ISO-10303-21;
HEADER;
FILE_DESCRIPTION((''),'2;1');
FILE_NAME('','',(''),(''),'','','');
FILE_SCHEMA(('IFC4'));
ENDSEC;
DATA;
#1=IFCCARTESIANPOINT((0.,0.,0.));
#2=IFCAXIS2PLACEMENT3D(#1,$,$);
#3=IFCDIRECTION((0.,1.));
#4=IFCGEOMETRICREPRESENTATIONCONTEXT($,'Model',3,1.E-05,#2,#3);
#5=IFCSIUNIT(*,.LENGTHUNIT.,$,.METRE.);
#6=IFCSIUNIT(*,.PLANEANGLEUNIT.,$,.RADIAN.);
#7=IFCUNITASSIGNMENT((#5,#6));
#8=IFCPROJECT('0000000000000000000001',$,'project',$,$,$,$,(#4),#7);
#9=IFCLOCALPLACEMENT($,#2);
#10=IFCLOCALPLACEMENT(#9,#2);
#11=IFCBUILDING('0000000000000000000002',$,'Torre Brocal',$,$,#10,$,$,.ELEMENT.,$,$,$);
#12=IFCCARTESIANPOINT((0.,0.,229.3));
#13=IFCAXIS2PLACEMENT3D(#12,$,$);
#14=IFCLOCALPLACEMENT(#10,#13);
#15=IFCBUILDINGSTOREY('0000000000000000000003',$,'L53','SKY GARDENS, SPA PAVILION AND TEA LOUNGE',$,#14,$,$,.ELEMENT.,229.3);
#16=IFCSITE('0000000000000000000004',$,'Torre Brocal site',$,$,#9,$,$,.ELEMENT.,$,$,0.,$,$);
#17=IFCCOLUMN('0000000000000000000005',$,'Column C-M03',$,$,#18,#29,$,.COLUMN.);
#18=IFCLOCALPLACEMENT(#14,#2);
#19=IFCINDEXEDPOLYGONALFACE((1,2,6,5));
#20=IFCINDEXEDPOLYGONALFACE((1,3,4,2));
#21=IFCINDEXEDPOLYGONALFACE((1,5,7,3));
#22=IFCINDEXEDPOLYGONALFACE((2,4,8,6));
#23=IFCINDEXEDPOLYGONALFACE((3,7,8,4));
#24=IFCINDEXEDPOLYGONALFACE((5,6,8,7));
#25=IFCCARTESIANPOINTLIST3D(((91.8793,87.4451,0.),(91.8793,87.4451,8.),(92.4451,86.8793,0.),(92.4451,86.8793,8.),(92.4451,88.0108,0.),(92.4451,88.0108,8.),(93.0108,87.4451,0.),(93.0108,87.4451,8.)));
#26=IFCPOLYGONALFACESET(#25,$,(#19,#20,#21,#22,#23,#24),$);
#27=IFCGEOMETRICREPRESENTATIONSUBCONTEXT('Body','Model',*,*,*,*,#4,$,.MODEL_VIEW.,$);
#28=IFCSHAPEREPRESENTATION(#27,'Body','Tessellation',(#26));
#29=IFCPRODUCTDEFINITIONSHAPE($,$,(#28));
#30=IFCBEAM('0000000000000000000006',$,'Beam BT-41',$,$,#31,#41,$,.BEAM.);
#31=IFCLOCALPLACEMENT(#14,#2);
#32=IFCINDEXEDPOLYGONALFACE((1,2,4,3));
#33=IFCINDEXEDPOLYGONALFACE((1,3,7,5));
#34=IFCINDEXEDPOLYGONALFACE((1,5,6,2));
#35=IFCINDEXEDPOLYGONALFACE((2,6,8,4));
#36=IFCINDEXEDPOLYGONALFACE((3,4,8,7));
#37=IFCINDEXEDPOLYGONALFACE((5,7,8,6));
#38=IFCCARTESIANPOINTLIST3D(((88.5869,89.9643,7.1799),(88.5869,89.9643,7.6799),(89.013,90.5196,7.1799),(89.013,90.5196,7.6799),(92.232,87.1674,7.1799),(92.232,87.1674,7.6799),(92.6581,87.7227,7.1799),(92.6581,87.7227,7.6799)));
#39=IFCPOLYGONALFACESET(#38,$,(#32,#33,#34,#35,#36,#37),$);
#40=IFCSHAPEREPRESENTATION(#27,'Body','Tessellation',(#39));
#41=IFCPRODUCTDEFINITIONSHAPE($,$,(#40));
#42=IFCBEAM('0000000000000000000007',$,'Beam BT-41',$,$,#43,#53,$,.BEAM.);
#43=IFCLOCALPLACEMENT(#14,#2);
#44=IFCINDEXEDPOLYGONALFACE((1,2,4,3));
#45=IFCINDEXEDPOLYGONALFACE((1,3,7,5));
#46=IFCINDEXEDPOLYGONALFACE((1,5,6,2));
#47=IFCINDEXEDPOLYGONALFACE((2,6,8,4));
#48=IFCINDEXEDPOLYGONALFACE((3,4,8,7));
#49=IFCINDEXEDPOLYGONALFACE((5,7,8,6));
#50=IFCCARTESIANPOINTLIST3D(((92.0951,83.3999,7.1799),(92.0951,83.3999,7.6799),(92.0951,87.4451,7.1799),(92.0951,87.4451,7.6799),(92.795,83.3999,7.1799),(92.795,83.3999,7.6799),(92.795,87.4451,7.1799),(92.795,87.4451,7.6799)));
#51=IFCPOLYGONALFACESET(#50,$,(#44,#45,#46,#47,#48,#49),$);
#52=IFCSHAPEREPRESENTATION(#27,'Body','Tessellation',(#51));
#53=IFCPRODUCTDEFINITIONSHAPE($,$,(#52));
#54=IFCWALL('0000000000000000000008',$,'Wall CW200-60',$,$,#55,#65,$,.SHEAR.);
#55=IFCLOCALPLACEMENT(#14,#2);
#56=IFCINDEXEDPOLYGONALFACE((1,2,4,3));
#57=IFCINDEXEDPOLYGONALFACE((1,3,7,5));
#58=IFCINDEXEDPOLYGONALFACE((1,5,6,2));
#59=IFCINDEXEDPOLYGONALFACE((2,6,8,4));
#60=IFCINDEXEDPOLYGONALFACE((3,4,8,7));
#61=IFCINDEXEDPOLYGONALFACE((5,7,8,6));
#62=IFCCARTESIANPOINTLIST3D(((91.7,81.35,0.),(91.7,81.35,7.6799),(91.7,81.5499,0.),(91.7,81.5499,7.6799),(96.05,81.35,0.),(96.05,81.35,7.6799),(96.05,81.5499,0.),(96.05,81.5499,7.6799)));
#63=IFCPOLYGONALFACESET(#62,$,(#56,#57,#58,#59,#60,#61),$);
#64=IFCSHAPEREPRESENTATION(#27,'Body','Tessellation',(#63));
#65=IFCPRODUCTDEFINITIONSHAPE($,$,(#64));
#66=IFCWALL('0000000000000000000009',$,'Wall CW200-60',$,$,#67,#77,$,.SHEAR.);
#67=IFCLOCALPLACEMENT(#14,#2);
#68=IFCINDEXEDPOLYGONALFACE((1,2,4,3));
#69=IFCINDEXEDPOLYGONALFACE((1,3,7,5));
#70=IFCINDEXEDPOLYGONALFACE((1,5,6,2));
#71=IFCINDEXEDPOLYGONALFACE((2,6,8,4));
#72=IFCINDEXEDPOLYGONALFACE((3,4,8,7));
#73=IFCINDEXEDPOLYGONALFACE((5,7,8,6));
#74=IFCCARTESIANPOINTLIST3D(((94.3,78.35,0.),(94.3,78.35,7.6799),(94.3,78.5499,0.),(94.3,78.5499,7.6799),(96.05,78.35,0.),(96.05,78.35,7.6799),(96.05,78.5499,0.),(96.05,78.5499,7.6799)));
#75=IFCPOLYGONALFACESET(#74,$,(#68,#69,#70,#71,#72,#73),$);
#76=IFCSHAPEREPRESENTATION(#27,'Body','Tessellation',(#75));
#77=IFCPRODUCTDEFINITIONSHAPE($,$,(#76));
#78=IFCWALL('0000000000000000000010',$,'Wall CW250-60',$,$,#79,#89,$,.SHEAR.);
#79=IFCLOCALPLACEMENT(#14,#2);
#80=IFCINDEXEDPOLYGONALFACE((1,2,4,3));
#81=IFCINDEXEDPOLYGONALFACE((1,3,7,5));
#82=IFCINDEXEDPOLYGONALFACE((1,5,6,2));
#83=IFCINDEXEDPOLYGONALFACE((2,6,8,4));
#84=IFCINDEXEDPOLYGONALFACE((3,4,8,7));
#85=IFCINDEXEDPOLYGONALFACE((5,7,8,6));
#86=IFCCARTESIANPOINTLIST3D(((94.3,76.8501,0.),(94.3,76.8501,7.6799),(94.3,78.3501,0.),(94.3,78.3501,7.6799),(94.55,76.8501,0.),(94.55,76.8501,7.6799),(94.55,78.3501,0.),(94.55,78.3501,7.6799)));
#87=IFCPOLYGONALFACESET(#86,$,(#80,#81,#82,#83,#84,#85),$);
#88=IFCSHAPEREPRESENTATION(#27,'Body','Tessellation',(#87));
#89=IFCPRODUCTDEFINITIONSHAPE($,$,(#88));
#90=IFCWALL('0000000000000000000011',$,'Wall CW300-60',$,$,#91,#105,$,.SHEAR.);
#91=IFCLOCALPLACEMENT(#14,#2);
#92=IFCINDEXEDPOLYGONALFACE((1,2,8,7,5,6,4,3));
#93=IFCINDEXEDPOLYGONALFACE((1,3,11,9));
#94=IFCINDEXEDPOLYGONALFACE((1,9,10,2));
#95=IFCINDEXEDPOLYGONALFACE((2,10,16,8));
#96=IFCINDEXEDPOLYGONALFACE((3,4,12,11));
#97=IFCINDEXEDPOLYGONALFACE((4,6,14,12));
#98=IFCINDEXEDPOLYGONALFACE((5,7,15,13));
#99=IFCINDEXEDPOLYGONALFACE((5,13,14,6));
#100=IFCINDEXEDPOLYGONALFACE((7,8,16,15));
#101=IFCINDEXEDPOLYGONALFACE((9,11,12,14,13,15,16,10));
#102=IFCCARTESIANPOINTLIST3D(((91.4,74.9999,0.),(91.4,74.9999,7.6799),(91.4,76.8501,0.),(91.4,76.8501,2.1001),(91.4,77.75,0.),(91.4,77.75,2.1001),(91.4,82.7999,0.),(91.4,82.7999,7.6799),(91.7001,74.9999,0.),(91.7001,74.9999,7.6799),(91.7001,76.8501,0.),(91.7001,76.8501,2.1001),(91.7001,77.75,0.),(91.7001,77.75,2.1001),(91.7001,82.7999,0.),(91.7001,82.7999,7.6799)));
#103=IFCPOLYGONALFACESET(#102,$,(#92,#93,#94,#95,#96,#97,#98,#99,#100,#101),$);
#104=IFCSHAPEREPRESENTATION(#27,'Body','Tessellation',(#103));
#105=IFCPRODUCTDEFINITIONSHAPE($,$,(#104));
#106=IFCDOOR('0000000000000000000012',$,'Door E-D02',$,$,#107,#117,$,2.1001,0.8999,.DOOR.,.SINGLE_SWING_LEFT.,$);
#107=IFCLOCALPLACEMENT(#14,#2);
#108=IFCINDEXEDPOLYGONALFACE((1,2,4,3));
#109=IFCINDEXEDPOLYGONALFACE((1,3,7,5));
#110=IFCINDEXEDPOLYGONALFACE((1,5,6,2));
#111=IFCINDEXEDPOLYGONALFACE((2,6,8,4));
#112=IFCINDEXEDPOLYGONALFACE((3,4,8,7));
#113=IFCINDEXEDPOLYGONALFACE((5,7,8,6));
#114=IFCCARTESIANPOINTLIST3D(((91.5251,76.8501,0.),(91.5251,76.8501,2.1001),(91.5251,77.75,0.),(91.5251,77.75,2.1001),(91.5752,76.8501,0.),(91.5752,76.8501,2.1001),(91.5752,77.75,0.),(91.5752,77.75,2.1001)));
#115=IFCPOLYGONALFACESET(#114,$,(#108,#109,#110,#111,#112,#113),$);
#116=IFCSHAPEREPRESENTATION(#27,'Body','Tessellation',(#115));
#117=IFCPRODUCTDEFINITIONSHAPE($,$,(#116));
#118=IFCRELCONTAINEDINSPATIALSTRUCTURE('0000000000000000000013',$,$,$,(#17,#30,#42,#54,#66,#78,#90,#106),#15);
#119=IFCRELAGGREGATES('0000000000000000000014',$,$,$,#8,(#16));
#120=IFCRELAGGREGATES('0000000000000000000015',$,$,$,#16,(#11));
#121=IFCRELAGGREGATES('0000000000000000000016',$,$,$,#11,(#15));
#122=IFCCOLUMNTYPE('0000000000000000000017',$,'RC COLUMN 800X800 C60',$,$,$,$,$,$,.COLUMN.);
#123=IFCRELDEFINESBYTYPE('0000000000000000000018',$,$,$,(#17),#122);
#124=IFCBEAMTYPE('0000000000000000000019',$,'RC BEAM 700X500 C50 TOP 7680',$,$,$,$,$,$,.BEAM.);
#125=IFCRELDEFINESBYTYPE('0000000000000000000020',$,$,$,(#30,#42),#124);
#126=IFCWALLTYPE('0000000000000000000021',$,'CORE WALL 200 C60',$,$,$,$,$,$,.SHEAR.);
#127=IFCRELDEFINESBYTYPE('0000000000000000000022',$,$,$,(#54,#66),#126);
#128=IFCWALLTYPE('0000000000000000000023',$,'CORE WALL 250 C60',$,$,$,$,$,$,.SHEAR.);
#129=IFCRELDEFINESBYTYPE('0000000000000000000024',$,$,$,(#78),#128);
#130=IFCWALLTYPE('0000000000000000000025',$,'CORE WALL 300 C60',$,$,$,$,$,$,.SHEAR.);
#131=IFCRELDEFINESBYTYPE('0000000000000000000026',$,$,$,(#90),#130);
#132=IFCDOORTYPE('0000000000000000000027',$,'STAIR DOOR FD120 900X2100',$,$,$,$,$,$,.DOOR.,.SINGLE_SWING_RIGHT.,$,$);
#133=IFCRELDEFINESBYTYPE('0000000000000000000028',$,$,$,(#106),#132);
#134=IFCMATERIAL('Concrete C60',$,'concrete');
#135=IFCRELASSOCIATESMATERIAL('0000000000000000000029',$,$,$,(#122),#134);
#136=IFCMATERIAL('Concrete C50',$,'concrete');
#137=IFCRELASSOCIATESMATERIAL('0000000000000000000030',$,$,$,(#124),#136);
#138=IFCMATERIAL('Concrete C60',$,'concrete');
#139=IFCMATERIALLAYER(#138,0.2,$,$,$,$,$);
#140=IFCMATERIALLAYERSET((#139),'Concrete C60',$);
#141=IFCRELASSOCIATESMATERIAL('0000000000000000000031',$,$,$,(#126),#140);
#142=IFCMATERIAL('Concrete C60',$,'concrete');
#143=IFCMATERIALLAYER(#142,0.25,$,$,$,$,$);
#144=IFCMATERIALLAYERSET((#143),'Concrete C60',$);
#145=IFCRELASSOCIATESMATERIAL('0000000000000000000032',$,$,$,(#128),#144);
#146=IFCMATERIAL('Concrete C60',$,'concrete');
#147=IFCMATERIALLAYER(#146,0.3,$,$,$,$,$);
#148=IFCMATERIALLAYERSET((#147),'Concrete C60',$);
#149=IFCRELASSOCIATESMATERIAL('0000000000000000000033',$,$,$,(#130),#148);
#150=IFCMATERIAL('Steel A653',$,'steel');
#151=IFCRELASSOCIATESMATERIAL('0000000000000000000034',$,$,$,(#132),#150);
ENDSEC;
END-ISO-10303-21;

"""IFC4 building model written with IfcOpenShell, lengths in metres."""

from ifc_helpers import new_model, si_unit, direction, frame, frame_2d, origin, origin_2d, place, context, subcontext, project, spatial, rectangle, extrude, material, layer, layer_set, material_profile, profile_set, type_object, element, fill, save


model = new_model("IFC4")

# Units and contexts
model_context = context("Model", 3, precision=1e-05, world=origin(), true_north=direction((0.0, 1.0)))
body_context = subcontext(model_context, "Body", "Model", "MODEL_VIEW")
ifc_project = project(units=[si_unit("LENGTHUNIT", "METRE"), si_unit("PLANEANGLEUNIT", "RADIAN")], contexts=[model_context])

# Site, building, storey
site_placement = place(None, origin())
site = spatial("IfcSite", under=ifc_project, at=site_placement, Name="Torre Brocal site", CompositionType="ELEMENT", RefElevation=0.0)
building_placement = place(site_placement, origin())
building = spatial("IfcBuilding", under=site, at=building_placement, Name="Torre Brocal", CompositionType="ELEMENT")
storey_placement = place(building_placement, frame((0.0, 0.0, 229.3)))
storey = spatial("IfcBuildingStorey", under=building, at=storey_placement, Name="L53", Description="SKY GARDENS, SPA PAVILION AND TEA LOUNGE", CompositionType="ELEMENT", Elevation=229.3)

# Column
ifc_material_1 = material(Name="Concrete C60", Category="concrete")
ifc_material_profile_1 = material_profile(ifc_material_1, rectangle(XDim=0.8, YDim=0.8, at=origin_2d()), Name="RC 800X800")
ifc_profile_set_1 = profile_set([ifc_material_profile_1], Name="Concrete C60")
column_type = type_object("IfcColumnType", Name="RC COLUMN 800X800 C60", PredefinedType="COLUMN", material=ifc_profile_set_1)
column_placement = place(storey_placement, frame((92.4451, 87.4451, 0.0), z_axis=(0.0, 0.0, 1.0), x_axis=(0.707107, 0.707107, 0.0)))
element("IfcColumn", 1, at=column_placement, inside=storey, type_object=column_type, Name="Column C-M03", PredefinedType="COLUMN", context=body_context, shape_type="SweptSolid", body=[
    extrude(rectangle(XDim=0.8, YDim=0.8, at=origin_2d()), origin(), (0.0, 0.0, 1.0), 8.0),
])

# Beams
ifc_material_2 = material(Name="Concrete C50", Category="concrete")
ifc_material_profile_2 = material_profile(ifc_material_2, rectangle(XDim=0.7, YDim=0.5, at=origin_2d()), Name="RC 700X500")
ifc_profile_set_2 = profile_set([ifc_material_profile_2], Name="Concrete C50")
beam_type = type_object("IfcBeamType", Name="RC BEAM 700X500 C50 TOP 7680", PredefinedType="BEAM", material=ifc_profile_set_2)
beam_1_placement = place(storey_placement, frame((92.4451, 87.4451, 7.4299), z_axis=(-0.793358, 0.608755, 0.0), x_axis=(-0.608755, -0.793358, 0.0)))
element("IfcBeam", 2, at=beam_1_placement, inside=storey, type_object=beam_type, Name="Beam BT-41", PredefinedType="BEAM", context=body_context, shape_type="SweptSolid", body=[
    extrude(rectangle(XDim=0.7, YDim=0.5, at=origin_2d()), origin(), (0.0, 0.0, 1.0), 4.5945),
])
beam_2_placement = place(storey_placement, frame((92.4451, 87.4451, 7.4299), z_axis=(0.0, -1.0, 0.0), x_axis=(1.0, 0.0, 0.0)))
element("IfcBeam", 3, at=beam_2_placement, inside=storey, type_object=beam_type, Name="Beam BT-41", PredefinedType="BEAM", context=body_context, shape_type="SweptSolid", body=[
    extrude(rectangle(XDim=0.7, YDim=0.5, at=origin_2d()), origin(), (0.0, 0.0, 1.0), 4.0452),
])

# Walls
ifc_material_3 = material(Name="Concrete C60", Category="concrete")
ifc_layer_1 = layer(ifc_material_3, 0.2)
ifc_layer_set_1 = layer_set([ifc_layer_1], Name="Concrete C60")
wall_type_1 = type_object("IfcWallType", Name="CORE WALL 200 C60", PredefinedType="SHEAR", material=ifc_layer_set_1)
wall_1_placement = place(storey_placement, frame((91.7, 81.45, 0.0), z_axis=(0.0, 0.0, 1.0), x_axis=(1.0, 0.0, 0.0)))
element("IfcWall", 4, at=wall_1_placement, inside=storey, type_object=wall_type_1, Name="Wall CW200-60", PredefinedType="SHEAR", context=body_context, shape_type="SweptSolid", body=[
    extrude(rectangle(XDim=4.3501, YDim=0.2, at=frame_2d((2.175, 0.0))), origin(), (0.0, 0.0, 1.0), 7.6799),
])
wall_2_placement = place(storey_placement, frame((94.3, 78.45, 0.0), z_axis=(0.0, 0.0, 1.0), x_axis=(1.0, 0.0, 0.0)))
element("IfcWall", 5, at=wall_2_placement, inside=storey, type_object=wall_type_1, Name="Wall CW200-60", PredefinedType="SHEAR", context=body_context, shape_type="SweptSolid", body=[
    extrude(rectangle(XDim=1.75, YDim=0.2, at=frame_2d((0.875, 0.0))), origin(), (0.0, 0.0, 1.0), 7.6799),
])
ifc_material_4 = material(Name="Concrete C60", Category="concrete")
ifc_layer_2 = layer(ifc_material_4, 0.25)
ifc_layer_set_2 = layer_set([ifc_layer_2], Name="Concrete C60")
wall_type_2 = type_object("IfcWallType", Name="CORE WALL 250 C60", PredefinedType="SHEAR", material=ifc_layer_set_2)
wall_3_placement = place(storey_placement, frame((94.425, 76.8501, 0.0), z_axis=(0.0, 0.0, 1.0), x_axis=(0.0, 1.0, 0.0)))
element("IfcWall", 6, at=wall_3_placement, inside=storey, type_object=wall_type_2, Name="Wall CW250-60", PredefinedType="SHEAR", context=body_context, shape_type="SweptSolid", body=[
    extrude(rectangle(XDim=1.5, YDim=0.25, at=frame_2d((0.75, 0.0))), origin(), (0.0, 0.0, 1.0), 7.6799),
])

# Wall, opening, door
ifc_material_5 = material(Name="Concrete C60", Category="concrete")
ifc_layer_3 = layer(ifc_material_5, 0.3)
ifc_layer_set_3 = layer_set([ifc_layer_3], Name="Concrete C60")
wall_type_3 = type_object("IfcWallType", Name="CORE WALL 300 C60", PredefinedType="SHEAR", material=ifc_layer_set_3)
wall_4_placement = place(storey_placement, frame((91.55, 75.0, 0.0), z_axis=(0.0, 0.0, 1.0), x_axis=(0.0, 1.0, 0.0)))
wall_4 = element("IfcWall", 7, at=wall_4_placement, inside=storey, type_object=wall_type_3, Name="Wall CW300-60", PredefinedType="SHEAR", context=body_context, shape_type="SweptSolid", body=[
    extrude(rectangle(XDim=7.8, YDim=0.3, at=frame_2d((3.8999, 0.0))), origin(), (0.0, 0.0, 1.0), 7.6799),
])
opening_1_placement = place(wall_4_placement, frame((1.8501, 0.0, 0.0)))
opening_1 = element("IfcOpeningElement", 8, at=opening_1_placement, cuts=wall_4, PredefinedType="OPENING", context=body_context, shape_type="SweptSolid", body=[
    extrude(rectangle(XDim=0.8999, YDim=2.1001, at=frame_2d((0.45, 1.05))), frame((0.0, 0.1599, 0.0), z_axis=(0.0, -1.0, 0.0), x_axis=(1.0, 0.0, 0.0)), (0.0, 0.0, 1.0), 0.3201),
])
ifc_material_6 = material(Name="Steel A653", Category="steel")
door_type_1 = type_object("IfcDoorType", Name="STAIR DOOR FD120 900X2100", OperationType="SINGLE_SWING_RIGHT", PredefinedType="DOOR", material=ifc_material_6)
door_1_placement = place(opening_1_placement, origin())
door_1 = element("IfcDoor", 9, at=door_1_placement, inside=storey, type_object=door_type_1, Name="Door E-D02", OperationType="SINGLE_SWING_LEFT", OverallHeight=2.1001, OverallWidth=0.8999, PredefinedType="DOOR", context=body_context, shape_type="SweptSolid", body=[
    extrude(rectangle(XDim=0.8999, YDim=2.1001, at=frame_2d((0.45, 1.05))), frame((0.0, 0.0249, 0.0), z_axis=(0.0, -1.0, 0.0), x_axis=(1.0, 0.0, 0.0)), (0.0, 0.0, 1.0), 0.05),
])
fill(opening_1, door_1)

save(model, "model.ifc")
